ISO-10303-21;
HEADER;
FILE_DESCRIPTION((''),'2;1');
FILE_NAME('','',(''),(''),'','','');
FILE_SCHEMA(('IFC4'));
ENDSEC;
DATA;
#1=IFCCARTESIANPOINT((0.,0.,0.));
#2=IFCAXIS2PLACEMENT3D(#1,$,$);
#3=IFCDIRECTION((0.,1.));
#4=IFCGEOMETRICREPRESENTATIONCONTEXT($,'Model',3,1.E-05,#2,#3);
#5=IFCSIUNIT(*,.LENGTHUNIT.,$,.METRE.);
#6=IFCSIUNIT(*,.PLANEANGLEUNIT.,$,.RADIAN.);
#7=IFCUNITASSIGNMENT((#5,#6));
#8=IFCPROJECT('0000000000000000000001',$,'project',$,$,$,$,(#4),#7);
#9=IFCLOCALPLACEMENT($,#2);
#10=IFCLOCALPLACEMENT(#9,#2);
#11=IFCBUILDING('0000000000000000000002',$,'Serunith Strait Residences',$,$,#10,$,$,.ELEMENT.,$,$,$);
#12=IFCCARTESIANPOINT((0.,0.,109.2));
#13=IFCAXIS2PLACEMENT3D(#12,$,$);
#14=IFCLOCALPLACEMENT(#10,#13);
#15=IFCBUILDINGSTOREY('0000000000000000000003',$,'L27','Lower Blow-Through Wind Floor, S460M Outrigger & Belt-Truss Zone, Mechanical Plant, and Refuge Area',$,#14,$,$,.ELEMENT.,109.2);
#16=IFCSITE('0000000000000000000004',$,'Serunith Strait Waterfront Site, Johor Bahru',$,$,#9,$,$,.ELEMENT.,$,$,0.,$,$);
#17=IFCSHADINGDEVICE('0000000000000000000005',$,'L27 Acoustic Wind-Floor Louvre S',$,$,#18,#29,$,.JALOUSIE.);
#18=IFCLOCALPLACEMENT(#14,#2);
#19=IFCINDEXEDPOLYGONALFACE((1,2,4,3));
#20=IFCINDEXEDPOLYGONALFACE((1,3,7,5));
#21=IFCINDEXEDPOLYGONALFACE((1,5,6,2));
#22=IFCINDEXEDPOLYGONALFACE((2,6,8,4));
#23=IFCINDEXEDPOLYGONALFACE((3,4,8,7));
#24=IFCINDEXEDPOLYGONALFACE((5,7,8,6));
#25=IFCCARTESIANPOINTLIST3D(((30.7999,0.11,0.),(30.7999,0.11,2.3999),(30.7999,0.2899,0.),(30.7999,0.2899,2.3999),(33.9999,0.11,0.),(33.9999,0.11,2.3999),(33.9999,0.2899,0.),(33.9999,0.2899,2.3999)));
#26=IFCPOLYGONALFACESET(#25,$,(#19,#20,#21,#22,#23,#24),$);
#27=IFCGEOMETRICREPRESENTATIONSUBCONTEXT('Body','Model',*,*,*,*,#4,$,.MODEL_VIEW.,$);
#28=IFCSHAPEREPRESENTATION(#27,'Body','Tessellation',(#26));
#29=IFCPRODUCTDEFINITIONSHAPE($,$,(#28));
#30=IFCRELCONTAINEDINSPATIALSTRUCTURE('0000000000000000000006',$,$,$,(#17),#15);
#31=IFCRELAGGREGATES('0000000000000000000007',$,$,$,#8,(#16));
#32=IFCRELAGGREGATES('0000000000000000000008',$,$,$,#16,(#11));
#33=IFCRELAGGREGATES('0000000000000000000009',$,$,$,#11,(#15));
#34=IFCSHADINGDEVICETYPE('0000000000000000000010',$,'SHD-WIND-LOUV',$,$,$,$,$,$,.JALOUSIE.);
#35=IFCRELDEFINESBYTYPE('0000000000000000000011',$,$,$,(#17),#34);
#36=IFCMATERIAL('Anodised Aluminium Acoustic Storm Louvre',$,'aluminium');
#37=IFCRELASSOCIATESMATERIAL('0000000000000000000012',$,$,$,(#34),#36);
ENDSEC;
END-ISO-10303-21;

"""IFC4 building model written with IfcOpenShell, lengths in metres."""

from ifc_helpers import new_model, si_unit, direction, frame, origin, origin_2d, place, context, subcontext, project, spatial, rectangle, extrude, source, transform, mapped, material, type_object, element, save


model = new_model("IFC4")

# Units and contexts
model_context = context("Model", 3, precision=1e-05, world=origin(), true_north=direction((0.0, 1.0)))
body_context = subcontext(model_context, "Body", "Model", "MODEL_VIEW")
ifc_project = project(units=[si_unit("LENGTHUNIT", "METRE"), si_unit("PLANEANGLEUNIT", "RADIAN")], contexts=[model_context])

# Site, building, storey
site_placement = place(None, origin())
site = spatial("IfcSite", under=ifc_project, at=site_placement, Name="Serunith Strait Waterfront Site, Johor Bahru", CompositionType="ELEMENT", RefElevation=0.0)
building_placement = place(site_placement, origin())
building = spatial("IfcBuilding", under=site, at=building_placement, Name="Serunith Strait Residences", CompositionType="ELEMENT")
storey_placement = place(building_placement, frame((0.0, 0.0, 109.2)))
storey = spatial("IfcBuildingStorey", under=building, at=storey_placement, Name="L27", Description="Lower Blow-Through Wind Floor, S460M Outrigger & Belt-Truss Zone, Mechanical Plant, and Refuge Area", CompositionType="ELEMENT", Elevation=109.2)

# Shading device
ifc_material_1 = material(Name="Anodised Aluminium Acoustic Storm Louvre", Category="aluminium")
shading_device_type = type_object("IfcShadingDeviceType", Name="SHD-WIND-LOUV", PredefinedType="JALOUSIE", material=ifc_material_1)
shared_shape_1 = source(origin(), body_context, "Body", "SweptSolid", [
    extrude(rectangle(XDim=3.2, YDim=0.1799, at=origin_2d()), origin(), (0.0, 0.0, 1.0), 2.3999),
])
shading_device_placement = place(storey_placement, frame((32.3999, 0.2, 0.0), z_axis=(0.0, 0.0, 1.0), x_axis=(1.0, 0.0, 0.0)))
element("IfcShadingDevice", 1, at=shading_device_placement, inside=storey, type_object=shading_device_type, Name="L27 Acoustic Wind-Floor Louvre S", PredefinedType="JALOUSIE", context=body_context, shape_type="MappedRepresentation", body=[
    mapped(shared_shape_1, transform((0.0, 0.0, 0.0), scale=1.0)),
])

save(model, "model.ifc")
